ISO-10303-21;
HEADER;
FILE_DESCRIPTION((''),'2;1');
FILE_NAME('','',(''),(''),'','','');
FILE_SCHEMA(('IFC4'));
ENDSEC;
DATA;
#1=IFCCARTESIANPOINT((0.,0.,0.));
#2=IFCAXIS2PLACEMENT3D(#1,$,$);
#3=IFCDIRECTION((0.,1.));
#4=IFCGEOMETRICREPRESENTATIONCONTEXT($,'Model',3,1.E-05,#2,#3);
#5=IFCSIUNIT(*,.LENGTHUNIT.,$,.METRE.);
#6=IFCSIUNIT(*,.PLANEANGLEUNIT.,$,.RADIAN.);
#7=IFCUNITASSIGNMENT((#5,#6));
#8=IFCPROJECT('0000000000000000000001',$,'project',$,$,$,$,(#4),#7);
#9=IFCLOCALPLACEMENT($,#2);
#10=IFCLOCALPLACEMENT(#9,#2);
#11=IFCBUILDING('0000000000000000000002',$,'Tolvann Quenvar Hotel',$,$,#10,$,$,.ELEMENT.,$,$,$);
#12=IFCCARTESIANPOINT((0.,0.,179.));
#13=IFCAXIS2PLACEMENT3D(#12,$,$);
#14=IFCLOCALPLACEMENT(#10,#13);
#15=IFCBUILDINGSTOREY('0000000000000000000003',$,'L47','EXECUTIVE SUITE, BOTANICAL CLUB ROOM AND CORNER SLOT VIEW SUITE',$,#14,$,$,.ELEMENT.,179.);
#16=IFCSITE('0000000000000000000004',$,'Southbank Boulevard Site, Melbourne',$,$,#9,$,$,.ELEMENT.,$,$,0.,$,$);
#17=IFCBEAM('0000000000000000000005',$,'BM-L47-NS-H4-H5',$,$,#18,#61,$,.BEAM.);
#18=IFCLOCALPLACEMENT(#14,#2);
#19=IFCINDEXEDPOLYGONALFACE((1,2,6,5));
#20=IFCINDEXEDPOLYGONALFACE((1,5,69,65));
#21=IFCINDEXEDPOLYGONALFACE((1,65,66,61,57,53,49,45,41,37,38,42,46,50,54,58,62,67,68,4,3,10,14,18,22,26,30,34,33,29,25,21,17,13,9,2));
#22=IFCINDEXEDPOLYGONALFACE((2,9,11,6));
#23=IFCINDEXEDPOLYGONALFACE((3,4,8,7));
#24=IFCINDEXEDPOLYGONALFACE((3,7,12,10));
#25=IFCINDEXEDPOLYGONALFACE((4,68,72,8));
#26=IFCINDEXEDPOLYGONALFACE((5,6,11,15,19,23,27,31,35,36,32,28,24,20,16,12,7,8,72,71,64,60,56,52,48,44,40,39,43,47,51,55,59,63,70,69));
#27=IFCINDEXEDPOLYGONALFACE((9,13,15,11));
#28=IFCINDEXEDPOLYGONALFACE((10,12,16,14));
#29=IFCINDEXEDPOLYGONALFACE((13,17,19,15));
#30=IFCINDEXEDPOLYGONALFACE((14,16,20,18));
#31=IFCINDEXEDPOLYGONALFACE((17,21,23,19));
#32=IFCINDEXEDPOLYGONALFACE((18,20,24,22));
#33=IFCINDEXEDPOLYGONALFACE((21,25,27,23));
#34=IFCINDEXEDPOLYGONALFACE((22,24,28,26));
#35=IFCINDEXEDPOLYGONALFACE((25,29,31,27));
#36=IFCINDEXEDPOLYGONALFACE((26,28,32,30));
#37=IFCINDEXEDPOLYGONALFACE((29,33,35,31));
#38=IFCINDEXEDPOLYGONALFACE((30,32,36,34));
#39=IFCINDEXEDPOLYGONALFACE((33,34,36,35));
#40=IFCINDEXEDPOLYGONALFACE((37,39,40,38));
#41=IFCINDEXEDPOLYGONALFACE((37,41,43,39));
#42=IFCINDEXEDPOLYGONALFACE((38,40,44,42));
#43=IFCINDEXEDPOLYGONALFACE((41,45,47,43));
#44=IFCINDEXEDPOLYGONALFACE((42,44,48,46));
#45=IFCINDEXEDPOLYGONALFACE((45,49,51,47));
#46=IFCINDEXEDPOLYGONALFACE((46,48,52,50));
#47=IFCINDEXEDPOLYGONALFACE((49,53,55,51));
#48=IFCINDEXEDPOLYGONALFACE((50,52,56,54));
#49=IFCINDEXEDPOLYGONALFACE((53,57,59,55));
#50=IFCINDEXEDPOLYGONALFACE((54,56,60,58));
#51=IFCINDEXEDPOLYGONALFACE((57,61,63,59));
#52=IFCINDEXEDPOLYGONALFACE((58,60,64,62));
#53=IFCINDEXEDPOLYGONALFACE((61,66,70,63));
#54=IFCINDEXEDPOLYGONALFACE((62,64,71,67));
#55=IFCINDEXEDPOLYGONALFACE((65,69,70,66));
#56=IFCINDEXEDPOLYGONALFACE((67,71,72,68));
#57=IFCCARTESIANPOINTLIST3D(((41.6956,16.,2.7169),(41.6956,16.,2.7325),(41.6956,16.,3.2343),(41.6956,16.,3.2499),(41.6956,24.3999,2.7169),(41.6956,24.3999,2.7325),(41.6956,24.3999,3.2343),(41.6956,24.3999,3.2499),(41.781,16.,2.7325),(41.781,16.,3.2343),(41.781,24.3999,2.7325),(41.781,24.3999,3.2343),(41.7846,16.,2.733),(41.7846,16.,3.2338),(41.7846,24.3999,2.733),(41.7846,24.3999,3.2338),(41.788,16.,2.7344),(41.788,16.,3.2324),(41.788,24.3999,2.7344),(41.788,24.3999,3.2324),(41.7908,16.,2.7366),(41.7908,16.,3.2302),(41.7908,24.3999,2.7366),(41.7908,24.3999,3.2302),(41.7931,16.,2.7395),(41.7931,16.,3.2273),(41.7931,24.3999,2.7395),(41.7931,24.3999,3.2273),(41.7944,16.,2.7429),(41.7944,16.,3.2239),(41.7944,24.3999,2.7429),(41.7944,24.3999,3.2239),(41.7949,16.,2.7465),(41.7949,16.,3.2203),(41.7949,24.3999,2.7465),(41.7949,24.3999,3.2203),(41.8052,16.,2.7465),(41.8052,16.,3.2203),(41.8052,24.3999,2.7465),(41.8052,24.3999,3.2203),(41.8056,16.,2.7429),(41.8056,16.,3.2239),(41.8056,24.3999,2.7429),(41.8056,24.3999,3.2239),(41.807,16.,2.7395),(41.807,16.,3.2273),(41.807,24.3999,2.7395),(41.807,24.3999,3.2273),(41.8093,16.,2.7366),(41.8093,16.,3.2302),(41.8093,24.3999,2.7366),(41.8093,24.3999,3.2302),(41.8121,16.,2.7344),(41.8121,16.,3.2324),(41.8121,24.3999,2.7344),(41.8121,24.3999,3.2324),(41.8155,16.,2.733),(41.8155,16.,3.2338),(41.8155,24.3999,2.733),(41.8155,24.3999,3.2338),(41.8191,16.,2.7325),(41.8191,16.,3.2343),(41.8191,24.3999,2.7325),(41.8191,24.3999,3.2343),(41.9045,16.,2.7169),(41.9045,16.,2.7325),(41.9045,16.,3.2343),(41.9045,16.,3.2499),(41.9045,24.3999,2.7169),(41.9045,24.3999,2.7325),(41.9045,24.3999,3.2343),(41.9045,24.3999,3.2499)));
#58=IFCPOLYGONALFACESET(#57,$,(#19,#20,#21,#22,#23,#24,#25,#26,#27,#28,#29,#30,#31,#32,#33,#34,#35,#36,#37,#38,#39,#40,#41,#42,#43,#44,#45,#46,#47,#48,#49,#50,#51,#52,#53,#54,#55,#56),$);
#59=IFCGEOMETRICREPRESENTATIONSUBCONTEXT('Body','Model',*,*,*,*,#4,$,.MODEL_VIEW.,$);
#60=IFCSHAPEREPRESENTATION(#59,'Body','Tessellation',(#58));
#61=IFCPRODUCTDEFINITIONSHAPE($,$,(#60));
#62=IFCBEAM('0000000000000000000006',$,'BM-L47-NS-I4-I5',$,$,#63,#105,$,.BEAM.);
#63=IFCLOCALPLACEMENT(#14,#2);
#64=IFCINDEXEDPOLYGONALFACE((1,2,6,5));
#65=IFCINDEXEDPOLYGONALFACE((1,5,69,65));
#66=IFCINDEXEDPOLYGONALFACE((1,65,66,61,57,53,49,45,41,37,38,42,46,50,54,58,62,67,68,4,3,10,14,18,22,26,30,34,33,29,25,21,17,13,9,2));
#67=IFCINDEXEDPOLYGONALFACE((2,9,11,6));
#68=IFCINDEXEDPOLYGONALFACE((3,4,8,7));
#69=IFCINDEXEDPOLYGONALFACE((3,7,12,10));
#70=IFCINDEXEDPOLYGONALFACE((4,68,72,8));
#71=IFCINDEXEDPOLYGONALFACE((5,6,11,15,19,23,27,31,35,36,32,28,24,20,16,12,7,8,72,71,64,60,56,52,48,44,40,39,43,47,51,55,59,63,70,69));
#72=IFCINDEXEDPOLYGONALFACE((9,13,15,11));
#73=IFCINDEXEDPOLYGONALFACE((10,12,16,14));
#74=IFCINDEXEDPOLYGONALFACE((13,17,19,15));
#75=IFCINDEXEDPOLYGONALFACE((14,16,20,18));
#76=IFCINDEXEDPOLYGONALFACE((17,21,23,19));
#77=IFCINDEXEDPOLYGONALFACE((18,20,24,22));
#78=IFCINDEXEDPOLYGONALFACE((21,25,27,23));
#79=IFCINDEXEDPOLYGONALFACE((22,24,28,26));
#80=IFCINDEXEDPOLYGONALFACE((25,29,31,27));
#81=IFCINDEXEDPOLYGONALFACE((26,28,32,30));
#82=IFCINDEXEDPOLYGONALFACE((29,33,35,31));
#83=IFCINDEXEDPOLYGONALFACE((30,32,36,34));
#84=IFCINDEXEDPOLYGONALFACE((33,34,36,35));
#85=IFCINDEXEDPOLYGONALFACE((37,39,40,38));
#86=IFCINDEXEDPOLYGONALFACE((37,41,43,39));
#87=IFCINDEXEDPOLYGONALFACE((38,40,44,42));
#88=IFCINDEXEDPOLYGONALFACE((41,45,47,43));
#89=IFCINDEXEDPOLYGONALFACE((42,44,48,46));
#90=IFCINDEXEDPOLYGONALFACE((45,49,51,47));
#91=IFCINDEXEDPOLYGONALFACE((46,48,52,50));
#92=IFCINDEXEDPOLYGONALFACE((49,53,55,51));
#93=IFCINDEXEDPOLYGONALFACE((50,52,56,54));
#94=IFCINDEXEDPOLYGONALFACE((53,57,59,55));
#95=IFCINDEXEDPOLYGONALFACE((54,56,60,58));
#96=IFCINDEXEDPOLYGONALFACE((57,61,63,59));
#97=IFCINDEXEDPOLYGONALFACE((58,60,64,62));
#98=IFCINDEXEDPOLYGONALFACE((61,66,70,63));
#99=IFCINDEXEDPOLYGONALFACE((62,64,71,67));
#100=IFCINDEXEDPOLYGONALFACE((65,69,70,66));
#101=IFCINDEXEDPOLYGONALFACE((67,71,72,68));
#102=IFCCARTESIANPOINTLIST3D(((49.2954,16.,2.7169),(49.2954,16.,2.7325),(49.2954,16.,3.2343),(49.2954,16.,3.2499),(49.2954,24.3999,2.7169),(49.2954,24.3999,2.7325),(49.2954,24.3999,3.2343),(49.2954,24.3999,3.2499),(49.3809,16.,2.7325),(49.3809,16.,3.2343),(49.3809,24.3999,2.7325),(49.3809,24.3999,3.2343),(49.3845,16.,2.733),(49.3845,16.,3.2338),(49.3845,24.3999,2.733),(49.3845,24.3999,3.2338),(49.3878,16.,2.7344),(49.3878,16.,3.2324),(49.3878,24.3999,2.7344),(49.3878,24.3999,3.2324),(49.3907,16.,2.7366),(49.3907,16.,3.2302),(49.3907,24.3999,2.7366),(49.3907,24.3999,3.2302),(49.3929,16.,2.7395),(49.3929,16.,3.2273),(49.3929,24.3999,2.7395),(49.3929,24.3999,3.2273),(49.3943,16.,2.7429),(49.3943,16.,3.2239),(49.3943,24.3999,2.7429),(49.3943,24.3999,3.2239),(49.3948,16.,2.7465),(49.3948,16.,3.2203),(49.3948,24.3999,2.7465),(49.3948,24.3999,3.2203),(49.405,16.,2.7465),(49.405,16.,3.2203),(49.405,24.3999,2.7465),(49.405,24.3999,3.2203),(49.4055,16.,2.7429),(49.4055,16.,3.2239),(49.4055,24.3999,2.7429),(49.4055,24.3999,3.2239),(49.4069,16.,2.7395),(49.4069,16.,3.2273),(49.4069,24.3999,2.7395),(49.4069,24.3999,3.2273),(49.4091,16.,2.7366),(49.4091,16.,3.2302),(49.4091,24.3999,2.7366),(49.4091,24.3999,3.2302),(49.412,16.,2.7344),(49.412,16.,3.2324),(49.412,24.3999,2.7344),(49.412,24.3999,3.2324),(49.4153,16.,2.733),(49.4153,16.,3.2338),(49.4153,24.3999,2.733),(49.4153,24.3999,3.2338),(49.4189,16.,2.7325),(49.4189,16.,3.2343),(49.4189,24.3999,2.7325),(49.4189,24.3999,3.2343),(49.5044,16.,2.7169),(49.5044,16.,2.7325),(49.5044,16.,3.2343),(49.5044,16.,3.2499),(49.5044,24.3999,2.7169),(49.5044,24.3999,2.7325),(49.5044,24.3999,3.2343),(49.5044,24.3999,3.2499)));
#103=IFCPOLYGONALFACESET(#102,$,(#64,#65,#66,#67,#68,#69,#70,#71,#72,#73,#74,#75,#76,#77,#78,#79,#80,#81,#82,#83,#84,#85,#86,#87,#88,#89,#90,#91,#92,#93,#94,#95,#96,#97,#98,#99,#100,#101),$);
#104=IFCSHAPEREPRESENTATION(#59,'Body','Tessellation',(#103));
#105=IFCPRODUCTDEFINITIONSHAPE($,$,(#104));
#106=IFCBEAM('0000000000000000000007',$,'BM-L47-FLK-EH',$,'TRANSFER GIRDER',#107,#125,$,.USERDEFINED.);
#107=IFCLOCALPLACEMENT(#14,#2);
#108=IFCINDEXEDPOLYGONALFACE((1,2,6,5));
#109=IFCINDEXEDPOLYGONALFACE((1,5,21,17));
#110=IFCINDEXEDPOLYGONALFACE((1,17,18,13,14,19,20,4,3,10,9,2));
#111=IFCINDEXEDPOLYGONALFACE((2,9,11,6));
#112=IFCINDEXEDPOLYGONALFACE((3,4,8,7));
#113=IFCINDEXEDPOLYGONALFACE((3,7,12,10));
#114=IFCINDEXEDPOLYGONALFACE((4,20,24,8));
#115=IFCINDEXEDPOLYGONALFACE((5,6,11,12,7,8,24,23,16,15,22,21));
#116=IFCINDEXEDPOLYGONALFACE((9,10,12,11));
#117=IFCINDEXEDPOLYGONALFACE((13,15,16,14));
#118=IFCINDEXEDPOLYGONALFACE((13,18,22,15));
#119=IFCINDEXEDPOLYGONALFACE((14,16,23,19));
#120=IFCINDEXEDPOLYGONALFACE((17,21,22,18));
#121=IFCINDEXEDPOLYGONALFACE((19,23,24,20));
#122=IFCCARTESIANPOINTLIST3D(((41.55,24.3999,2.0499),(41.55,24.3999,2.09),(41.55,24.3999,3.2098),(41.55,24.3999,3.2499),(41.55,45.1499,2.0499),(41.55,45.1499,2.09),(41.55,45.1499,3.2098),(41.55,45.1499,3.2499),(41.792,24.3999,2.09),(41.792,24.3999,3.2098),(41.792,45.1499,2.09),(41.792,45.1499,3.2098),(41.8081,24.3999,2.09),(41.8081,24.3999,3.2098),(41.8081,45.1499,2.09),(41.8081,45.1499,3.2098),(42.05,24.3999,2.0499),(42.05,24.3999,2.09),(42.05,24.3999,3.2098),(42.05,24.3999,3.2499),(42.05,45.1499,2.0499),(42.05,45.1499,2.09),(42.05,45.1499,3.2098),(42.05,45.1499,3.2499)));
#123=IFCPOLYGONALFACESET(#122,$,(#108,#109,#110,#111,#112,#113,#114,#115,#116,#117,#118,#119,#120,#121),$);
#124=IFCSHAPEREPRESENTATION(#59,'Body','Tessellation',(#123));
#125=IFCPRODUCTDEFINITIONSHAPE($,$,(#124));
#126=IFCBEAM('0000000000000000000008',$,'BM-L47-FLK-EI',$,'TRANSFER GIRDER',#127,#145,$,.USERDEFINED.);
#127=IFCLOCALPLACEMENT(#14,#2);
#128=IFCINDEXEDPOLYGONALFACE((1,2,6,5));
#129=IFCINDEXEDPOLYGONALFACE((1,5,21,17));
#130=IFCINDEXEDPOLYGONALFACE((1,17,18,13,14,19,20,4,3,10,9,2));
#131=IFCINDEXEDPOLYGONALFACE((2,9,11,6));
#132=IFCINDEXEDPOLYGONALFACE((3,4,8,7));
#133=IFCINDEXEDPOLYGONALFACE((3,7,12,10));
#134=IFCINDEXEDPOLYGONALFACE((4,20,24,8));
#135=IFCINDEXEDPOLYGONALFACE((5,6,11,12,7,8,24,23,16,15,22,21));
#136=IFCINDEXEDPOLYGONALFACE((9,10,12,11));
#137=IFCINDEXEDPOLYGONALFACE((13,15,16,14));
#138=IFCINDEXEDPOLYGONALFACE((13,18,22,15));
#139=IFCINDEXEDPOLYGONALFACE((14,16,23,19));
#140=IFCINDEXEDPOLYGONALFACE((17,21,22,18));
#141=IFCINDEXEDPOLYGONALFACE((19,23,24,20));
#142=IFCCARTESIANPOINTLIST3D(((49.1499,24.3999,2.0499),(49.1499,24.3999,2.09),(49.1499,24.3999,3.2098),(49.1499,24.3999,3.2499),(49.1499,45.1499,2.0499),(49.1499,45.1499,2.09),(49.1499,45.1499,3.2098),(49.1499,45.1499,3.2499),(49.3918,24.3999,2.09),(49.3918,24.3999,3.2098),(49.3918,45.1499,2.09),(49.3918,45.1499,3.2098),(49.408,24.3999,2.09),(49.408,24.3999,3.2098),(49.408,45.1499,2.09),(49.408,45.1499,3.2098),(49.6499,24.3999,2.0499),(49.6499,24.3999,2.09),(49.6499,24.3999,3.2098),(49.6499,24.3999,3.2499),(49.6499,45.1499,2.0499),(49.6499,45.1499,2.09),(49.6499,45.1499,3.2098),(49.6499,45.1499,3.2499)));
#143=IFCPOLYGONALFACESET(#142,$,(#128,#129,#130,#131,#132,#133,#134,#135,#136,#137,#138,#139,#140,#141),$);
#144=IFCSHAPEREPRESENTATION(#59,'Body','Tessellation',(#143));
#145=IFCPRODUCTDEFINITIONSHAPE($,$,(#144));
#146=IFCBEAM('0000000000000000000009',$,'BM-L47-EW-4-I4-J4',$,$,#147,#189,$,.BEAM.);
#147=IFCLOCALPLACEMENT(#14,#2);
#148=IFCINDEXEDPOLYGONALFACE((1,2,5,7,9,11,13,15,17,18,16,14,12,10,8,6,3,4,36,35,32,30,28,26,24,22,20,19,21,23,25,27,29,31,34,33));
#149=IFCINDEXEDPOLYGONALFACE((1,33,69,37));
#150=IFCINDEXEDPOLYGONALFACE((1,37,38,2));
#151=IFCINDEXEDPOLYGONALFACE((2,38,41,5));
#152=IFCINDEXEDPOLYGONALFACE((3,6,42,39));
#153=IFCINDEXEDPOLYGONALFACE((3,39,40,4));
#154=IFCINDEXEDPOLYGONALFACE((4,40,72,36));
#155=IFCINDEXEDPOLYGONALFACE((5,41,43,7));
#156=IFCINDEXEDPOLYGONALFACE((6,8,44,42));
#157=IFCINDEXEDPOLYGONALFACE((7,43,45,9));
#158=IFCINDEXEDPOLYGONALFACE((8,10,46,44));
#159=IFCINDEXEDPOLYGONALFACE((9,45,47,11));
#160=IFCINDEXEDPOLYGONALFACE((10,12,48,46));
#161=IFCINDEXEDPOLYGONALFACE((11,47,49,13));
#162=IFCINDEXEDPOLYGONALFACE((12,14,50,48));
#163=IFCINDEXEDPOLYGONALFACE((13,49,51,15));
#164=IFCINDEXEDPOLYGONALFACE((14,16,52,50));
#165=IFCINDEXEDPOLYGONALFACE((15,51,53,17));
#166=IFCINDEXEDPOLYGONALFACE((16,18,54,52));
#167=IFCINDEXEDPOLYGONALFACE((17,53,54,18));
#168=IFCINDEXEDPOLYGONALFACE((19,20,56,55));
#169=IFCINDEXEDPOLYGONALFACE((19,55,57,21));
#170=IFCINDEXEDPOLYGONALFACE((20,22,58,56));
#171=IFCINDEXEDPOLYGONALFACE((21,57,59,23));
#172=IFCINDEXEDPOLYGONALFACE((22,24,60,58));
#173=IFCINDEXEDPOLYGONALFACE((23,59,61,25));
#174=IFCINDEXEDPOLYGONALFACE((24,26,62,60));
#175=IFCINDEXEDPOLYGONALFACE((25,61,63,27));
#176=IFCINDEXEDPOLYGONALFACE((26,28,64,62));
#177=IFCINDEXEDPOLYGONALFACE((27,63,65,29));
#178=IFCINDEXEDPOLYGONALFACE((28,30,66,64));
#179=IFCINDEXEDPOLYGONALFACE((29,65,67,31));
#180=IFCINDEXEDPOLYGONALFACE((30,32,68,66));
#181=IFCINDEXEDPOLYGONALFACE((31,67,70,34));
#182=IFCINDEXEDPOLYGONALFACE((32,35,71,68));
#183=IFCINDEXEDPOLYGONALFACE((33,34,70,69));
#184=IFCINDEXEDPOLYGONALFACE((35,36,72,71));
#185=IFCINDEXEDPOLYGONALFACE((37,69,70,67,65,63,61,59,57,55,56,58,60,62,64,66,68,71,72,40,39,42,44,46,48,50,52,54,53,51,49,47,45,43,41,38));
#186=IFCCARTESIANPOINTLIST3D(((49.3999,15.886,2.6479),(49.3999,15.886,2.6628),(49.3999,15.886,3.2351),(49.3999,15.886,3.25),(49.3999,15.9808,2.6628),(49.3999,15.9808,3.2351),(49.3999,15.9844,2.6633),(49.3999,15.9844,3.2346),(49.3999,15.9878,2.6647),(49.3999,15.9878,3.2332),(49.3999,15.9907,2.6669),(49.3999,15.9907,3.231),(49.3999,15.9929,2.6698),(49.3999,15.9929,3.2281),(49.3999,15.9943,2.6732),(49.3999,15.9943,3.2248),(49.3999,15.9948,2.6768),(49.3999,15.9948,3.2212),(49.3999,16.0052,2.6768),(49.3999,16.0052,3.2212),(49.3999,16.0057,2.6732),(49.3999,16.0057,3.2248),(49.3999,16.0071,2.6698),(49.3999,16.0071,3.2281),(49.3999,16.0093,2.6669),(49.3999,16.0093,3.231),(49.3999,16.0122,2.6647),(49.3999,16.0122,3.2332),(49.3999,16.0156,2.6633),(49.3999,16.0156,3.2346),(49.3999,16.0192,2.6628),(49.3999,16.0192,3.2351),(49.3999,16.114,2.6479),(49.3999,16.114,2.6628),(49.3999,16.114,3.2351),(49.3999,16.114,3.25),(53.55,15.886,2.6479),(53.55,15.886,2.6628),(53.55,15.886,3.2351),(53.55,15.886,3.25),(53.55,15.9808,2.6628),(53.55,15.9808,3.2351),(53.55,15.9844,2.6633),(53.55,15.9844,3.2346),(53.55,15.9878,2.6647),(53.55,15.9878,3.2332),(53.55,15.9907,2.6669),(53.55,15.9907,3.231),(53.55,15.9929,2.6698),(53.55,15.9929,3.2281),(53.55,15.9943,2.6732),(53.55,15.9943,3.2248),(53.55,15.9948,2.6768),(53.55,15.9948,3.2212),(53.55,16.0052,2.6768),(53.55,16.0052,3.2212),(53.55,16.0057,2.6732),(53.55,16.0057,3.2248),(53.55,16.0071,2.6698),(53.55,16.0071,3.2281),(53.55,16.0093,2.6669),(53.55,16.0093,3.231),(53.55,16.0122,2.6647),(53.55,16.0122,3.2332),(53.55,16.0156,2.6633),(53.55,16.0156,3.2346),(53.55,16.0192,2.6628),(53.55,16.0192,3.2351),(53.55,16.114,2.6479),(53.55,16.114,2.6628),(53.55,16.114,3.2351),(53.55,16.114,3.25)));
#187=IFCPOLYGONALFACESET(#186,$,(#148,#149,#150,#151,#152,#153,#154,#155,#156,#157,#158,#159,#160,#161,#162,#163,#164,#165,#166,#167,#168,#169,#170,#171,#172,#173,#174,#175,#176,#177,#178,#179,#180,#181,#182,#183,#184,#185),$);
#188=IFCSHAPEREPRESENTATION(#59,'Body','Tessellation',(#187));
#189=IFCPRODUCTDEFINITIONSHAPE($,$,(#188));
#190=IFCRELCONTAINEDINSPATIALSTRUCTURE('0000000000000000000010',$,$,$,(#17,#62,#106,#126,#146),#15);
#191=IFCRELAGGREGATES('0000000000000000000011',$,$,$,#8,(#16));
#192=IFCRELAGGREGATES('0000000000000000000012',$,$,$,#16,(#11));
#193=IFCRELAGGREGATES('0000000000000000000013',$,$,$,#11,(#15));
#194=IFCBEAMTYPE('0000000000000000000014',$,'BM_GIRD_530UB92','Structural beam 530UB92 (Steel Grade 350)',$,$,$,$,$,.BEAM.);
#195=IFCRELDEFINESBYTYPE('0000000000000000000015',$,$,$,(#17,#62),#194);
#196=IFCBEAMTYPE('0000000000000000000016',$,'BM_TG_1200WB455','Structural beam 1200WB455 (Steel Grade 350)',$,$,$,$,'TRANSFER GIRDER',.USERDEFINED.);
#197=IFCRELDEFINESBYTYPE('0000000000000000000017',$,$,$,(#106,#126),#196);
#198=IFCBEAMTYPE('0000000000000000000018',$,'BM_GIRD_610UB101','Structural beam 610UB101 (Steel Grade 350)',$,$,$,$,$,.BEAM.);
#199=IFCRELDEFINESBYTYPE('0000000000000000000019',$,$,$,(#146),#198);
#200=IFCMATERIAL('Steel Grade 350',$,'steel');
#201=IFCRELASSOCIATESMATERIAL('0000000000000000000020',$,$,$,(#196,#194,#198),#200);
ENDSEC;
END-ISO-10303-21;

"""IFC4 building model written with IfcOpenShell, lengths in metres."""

from ifc_helpers import new_model, si_unit, direction, frame, origin, origin_2d, place, context, subcontext, project, spatial, i_section, extrude, source, transform, mapped, material, material_profile, profile_set, type_object, type_shapes, element, save


model = new_model("IFC4")

# Units and contexts
model_context = context("Model", 3, precision=1e-05, world=origin(), true_north=direction((0.0, 1.0)))
body_context = subcontext(model_context, "Body", "Model", "MODEL_VIEW")
ifc_project = project(units=[si_unit("LENGTHUNIT", "METRE"), si_unit("PLANEANGLEUNIT", "RADIAN")], contexts=[model_context])

# Site, building, storey
site_placement = place(None, origin())
site = spatial("IfcSite", under=ifc_project, at=site_placement, Name="Southbank Boulevard Site, Melbourne", CompositionType="ELEMENT", RefElevation=0.0)
building_placement = place(site_placement, origin())
building = spatial("IfcBuilding", under=site, at=building_placement, Name="Tolvann Quenvar Hotel", CompositionType="ELEMENT")
storey_placement = place(building_placement, frame((0.0, 0.0, 179.0)))
storey = spatial("IfcBuildingStorey", under=building, at=storey_placement, Name="L47", Description="EXECUTIVE SUITE, BOTANICAL CLUB ROOM AND CORNER SLOT VIEW SUITE", CompositionType="ELEMENT", Elevation=179.0)

# Shared definitions
ifc_material_1 = material(Name="Steel Grade 350", Category="steel")

# Beams
ifc_material_profile_1 = material_profile(ifc_material_1, i_section(OverallWidth=0.5, OverallDepth=1.2, WebThickness=0.0161, FlangeThickness=0.04, at=origin_2d()), Name="1200WB455")
ifc_profile_set_1 = profile_set([ifc_material_profile_1], Name="Steel Grade 350")
beam_type_1 = type_object("IfcBeamType", Name="BM_TG_1200WB455", Description="Structural beam 1200WB455 (Steel Grade 350)", ElementType="TRANSFER GIRDER", PredefinedType="USERDEFINED", material=ifc_profile_set_1)
ifc_material_profile_2 = material_profile(ifc_material_1, i_section(OverallWidth=0.209, OverallDepth=0.533, WebThickness=0.0103, FlangeThickness=0.0156, FilletRadius=0.0139, at=origin_2d()), Name="530UB92")
ifc_profile_set_2 = profile_set([ifc_material_profile_2], Name="Steel Grade 350")
beam_type_2 = type_object("IfcBeamType", Name="BM_GIRD_530UB92", Description="Structural beam 530UB92 (Steel Grade 350)", PredefinedType="BEAM", material=ifc_profile_set_2)
shared_shape_1 = source(origin(), body_context, "Body", "SweptSolid", [
    extrude(i_section(OverallWidth=0.209, OverallDepth=0.533, WebThickness=0.0103, FlangeThickness=0.0156, FilletRadius=0.0139, at=origin_2d()), origin(), (0.0, 0.0, 1.0), 8.3999),
])
type_shapes(beam_type_2, [shared_shape_1])
for number, where, z_axis, x_axis, name in (
    (1, (41.8, 16.0, 2.9834), (0.0, 1.0, 0.0), (-1.0, 0.0, 0.0), "BM-L47-NS-H4-H5"),
    (2, (49.3999, 16.0, 2.9834), (0.0, 1.0, 0.0), (-1.0, 0.0, 0.0), "BM-L47-NS-I4-I5"),
):
    element("IfcBeam", number, at=place(storey_placement, frame(where, z_axis=z_axis, x_axis=x_axis)), inside=storey, type_object=beam_type_2, Name=name, PredefinedType="BEAM", context=body_context, shape_type="MappedRepresentation", body=[
        mapped(shared_shape_1, transform((0.0, 0.0, 0.0), x_axis=(1.0, 0.0, 0.0), y_axis=(0.0, 1.0, 0.0), z_axis=(0.0, 0.0, 1.0), scale=1.0)),
    ])
shared_shape_2 = source(origin(), body_context, "Body", "SweptSolid", [
    extrude(i_section(OverallWidth=0.5, OverallDepth=1.2, WebThickness=0.0161, FlangeThickness=0.04, at=origin_2d()), origin(), (0.0, 0.0, 1.0), 20.75),
])
for number, where, z_axis, x_axis, name in (
    (3, (41.8, 24.3999, 2.6499), (0.0, 1.0, 0.0), (-1.0, 0.0, 0.0), "BM-L47-FLK-EH"),
    (4, (49.3999, 24.3999, 2.6499), (0.0, 1.0, 0.0), (-1.0, 0.0, 0.0), "BM-L47-FLK-EI"),
):
    element("IfcBeam", number, at=place(storey_placement, frame(where, z_axis=z_axis, x_axis=x_axis)), inside=storey, type_object=beam_type_1, Name=name, ObjectType="TRANSFER GIRDER", PredefinedType="USERDEFINED", context=body_context, shape_type="MappedRepresentation", body=[
        mapped(shared_shape_2, transform((0.0, 0.0, 0.0), x_axis=(1.0, 0.0, 0.0), y_axis=(0.0, 1.0, 0.0), z_axis=(0.0, 0.0, 1.0), scale=1.0)),
    ])
ifc_material_profile_3 = material_profile(ifc_material_1, i_section(OverallWidth=0.228, OverallDepth=0.6021, WebThickness=0.0105, FlangeThickness=0.0149, FilletRadius=0.0139, at=origin_2d()), Name="610UB101")
ifc_profile_set_3 = profile_set([ifc_material_profile_3], Name="Steel Grade 350")
beam_type_3 = type_object("IfcBeamType", Name="BM_GIRD_610UB101", Description="Structural beam 610UB101 (Steel Grade 350)", PredefinedType="BEAM", material=ifc_profile_set_3)
shared_shape_3 = source(origin(), body_context, "Body", "SweptSolid", [
    extrude(i_section(OverallWidth=0.228, OverallDepth=0.6021, WebThickness=0.0105, FlangeThickness=0.0149, FilletRadius=0.0139, at=origin_2d()), origin(), (0.0, 0.0, 1.0), 4.1501),
])
for number, where, z_axis, x_axis, name in (
    (5, (49.3999, 16.0, 2.949), (1.0, 0.0, 0.0), (0.0, 1.0, 0.0), "BM-L47-EW-4-I4-J4"),
):
    element("IfcBeam", number, at=place(storey_placement, frame(where, z_axis=z_axis, x_axis=x_axis)), inside=storey, type_object=beam_type_3, Name=name, PredefinedType="BEAM", context=body_context, shape_type="MappedRepresentation", body=[
        mapped(shared_shape_3, transform((0.0, 0.0, 0.0), x_axis=(1.0, 0.0, 0.0), y_axis=(0.0, 1.0, 0.0), z_axis=(0.0, 0.0, 1.0), scale=1.0)),
    ])

save(model, "model.ifc")
